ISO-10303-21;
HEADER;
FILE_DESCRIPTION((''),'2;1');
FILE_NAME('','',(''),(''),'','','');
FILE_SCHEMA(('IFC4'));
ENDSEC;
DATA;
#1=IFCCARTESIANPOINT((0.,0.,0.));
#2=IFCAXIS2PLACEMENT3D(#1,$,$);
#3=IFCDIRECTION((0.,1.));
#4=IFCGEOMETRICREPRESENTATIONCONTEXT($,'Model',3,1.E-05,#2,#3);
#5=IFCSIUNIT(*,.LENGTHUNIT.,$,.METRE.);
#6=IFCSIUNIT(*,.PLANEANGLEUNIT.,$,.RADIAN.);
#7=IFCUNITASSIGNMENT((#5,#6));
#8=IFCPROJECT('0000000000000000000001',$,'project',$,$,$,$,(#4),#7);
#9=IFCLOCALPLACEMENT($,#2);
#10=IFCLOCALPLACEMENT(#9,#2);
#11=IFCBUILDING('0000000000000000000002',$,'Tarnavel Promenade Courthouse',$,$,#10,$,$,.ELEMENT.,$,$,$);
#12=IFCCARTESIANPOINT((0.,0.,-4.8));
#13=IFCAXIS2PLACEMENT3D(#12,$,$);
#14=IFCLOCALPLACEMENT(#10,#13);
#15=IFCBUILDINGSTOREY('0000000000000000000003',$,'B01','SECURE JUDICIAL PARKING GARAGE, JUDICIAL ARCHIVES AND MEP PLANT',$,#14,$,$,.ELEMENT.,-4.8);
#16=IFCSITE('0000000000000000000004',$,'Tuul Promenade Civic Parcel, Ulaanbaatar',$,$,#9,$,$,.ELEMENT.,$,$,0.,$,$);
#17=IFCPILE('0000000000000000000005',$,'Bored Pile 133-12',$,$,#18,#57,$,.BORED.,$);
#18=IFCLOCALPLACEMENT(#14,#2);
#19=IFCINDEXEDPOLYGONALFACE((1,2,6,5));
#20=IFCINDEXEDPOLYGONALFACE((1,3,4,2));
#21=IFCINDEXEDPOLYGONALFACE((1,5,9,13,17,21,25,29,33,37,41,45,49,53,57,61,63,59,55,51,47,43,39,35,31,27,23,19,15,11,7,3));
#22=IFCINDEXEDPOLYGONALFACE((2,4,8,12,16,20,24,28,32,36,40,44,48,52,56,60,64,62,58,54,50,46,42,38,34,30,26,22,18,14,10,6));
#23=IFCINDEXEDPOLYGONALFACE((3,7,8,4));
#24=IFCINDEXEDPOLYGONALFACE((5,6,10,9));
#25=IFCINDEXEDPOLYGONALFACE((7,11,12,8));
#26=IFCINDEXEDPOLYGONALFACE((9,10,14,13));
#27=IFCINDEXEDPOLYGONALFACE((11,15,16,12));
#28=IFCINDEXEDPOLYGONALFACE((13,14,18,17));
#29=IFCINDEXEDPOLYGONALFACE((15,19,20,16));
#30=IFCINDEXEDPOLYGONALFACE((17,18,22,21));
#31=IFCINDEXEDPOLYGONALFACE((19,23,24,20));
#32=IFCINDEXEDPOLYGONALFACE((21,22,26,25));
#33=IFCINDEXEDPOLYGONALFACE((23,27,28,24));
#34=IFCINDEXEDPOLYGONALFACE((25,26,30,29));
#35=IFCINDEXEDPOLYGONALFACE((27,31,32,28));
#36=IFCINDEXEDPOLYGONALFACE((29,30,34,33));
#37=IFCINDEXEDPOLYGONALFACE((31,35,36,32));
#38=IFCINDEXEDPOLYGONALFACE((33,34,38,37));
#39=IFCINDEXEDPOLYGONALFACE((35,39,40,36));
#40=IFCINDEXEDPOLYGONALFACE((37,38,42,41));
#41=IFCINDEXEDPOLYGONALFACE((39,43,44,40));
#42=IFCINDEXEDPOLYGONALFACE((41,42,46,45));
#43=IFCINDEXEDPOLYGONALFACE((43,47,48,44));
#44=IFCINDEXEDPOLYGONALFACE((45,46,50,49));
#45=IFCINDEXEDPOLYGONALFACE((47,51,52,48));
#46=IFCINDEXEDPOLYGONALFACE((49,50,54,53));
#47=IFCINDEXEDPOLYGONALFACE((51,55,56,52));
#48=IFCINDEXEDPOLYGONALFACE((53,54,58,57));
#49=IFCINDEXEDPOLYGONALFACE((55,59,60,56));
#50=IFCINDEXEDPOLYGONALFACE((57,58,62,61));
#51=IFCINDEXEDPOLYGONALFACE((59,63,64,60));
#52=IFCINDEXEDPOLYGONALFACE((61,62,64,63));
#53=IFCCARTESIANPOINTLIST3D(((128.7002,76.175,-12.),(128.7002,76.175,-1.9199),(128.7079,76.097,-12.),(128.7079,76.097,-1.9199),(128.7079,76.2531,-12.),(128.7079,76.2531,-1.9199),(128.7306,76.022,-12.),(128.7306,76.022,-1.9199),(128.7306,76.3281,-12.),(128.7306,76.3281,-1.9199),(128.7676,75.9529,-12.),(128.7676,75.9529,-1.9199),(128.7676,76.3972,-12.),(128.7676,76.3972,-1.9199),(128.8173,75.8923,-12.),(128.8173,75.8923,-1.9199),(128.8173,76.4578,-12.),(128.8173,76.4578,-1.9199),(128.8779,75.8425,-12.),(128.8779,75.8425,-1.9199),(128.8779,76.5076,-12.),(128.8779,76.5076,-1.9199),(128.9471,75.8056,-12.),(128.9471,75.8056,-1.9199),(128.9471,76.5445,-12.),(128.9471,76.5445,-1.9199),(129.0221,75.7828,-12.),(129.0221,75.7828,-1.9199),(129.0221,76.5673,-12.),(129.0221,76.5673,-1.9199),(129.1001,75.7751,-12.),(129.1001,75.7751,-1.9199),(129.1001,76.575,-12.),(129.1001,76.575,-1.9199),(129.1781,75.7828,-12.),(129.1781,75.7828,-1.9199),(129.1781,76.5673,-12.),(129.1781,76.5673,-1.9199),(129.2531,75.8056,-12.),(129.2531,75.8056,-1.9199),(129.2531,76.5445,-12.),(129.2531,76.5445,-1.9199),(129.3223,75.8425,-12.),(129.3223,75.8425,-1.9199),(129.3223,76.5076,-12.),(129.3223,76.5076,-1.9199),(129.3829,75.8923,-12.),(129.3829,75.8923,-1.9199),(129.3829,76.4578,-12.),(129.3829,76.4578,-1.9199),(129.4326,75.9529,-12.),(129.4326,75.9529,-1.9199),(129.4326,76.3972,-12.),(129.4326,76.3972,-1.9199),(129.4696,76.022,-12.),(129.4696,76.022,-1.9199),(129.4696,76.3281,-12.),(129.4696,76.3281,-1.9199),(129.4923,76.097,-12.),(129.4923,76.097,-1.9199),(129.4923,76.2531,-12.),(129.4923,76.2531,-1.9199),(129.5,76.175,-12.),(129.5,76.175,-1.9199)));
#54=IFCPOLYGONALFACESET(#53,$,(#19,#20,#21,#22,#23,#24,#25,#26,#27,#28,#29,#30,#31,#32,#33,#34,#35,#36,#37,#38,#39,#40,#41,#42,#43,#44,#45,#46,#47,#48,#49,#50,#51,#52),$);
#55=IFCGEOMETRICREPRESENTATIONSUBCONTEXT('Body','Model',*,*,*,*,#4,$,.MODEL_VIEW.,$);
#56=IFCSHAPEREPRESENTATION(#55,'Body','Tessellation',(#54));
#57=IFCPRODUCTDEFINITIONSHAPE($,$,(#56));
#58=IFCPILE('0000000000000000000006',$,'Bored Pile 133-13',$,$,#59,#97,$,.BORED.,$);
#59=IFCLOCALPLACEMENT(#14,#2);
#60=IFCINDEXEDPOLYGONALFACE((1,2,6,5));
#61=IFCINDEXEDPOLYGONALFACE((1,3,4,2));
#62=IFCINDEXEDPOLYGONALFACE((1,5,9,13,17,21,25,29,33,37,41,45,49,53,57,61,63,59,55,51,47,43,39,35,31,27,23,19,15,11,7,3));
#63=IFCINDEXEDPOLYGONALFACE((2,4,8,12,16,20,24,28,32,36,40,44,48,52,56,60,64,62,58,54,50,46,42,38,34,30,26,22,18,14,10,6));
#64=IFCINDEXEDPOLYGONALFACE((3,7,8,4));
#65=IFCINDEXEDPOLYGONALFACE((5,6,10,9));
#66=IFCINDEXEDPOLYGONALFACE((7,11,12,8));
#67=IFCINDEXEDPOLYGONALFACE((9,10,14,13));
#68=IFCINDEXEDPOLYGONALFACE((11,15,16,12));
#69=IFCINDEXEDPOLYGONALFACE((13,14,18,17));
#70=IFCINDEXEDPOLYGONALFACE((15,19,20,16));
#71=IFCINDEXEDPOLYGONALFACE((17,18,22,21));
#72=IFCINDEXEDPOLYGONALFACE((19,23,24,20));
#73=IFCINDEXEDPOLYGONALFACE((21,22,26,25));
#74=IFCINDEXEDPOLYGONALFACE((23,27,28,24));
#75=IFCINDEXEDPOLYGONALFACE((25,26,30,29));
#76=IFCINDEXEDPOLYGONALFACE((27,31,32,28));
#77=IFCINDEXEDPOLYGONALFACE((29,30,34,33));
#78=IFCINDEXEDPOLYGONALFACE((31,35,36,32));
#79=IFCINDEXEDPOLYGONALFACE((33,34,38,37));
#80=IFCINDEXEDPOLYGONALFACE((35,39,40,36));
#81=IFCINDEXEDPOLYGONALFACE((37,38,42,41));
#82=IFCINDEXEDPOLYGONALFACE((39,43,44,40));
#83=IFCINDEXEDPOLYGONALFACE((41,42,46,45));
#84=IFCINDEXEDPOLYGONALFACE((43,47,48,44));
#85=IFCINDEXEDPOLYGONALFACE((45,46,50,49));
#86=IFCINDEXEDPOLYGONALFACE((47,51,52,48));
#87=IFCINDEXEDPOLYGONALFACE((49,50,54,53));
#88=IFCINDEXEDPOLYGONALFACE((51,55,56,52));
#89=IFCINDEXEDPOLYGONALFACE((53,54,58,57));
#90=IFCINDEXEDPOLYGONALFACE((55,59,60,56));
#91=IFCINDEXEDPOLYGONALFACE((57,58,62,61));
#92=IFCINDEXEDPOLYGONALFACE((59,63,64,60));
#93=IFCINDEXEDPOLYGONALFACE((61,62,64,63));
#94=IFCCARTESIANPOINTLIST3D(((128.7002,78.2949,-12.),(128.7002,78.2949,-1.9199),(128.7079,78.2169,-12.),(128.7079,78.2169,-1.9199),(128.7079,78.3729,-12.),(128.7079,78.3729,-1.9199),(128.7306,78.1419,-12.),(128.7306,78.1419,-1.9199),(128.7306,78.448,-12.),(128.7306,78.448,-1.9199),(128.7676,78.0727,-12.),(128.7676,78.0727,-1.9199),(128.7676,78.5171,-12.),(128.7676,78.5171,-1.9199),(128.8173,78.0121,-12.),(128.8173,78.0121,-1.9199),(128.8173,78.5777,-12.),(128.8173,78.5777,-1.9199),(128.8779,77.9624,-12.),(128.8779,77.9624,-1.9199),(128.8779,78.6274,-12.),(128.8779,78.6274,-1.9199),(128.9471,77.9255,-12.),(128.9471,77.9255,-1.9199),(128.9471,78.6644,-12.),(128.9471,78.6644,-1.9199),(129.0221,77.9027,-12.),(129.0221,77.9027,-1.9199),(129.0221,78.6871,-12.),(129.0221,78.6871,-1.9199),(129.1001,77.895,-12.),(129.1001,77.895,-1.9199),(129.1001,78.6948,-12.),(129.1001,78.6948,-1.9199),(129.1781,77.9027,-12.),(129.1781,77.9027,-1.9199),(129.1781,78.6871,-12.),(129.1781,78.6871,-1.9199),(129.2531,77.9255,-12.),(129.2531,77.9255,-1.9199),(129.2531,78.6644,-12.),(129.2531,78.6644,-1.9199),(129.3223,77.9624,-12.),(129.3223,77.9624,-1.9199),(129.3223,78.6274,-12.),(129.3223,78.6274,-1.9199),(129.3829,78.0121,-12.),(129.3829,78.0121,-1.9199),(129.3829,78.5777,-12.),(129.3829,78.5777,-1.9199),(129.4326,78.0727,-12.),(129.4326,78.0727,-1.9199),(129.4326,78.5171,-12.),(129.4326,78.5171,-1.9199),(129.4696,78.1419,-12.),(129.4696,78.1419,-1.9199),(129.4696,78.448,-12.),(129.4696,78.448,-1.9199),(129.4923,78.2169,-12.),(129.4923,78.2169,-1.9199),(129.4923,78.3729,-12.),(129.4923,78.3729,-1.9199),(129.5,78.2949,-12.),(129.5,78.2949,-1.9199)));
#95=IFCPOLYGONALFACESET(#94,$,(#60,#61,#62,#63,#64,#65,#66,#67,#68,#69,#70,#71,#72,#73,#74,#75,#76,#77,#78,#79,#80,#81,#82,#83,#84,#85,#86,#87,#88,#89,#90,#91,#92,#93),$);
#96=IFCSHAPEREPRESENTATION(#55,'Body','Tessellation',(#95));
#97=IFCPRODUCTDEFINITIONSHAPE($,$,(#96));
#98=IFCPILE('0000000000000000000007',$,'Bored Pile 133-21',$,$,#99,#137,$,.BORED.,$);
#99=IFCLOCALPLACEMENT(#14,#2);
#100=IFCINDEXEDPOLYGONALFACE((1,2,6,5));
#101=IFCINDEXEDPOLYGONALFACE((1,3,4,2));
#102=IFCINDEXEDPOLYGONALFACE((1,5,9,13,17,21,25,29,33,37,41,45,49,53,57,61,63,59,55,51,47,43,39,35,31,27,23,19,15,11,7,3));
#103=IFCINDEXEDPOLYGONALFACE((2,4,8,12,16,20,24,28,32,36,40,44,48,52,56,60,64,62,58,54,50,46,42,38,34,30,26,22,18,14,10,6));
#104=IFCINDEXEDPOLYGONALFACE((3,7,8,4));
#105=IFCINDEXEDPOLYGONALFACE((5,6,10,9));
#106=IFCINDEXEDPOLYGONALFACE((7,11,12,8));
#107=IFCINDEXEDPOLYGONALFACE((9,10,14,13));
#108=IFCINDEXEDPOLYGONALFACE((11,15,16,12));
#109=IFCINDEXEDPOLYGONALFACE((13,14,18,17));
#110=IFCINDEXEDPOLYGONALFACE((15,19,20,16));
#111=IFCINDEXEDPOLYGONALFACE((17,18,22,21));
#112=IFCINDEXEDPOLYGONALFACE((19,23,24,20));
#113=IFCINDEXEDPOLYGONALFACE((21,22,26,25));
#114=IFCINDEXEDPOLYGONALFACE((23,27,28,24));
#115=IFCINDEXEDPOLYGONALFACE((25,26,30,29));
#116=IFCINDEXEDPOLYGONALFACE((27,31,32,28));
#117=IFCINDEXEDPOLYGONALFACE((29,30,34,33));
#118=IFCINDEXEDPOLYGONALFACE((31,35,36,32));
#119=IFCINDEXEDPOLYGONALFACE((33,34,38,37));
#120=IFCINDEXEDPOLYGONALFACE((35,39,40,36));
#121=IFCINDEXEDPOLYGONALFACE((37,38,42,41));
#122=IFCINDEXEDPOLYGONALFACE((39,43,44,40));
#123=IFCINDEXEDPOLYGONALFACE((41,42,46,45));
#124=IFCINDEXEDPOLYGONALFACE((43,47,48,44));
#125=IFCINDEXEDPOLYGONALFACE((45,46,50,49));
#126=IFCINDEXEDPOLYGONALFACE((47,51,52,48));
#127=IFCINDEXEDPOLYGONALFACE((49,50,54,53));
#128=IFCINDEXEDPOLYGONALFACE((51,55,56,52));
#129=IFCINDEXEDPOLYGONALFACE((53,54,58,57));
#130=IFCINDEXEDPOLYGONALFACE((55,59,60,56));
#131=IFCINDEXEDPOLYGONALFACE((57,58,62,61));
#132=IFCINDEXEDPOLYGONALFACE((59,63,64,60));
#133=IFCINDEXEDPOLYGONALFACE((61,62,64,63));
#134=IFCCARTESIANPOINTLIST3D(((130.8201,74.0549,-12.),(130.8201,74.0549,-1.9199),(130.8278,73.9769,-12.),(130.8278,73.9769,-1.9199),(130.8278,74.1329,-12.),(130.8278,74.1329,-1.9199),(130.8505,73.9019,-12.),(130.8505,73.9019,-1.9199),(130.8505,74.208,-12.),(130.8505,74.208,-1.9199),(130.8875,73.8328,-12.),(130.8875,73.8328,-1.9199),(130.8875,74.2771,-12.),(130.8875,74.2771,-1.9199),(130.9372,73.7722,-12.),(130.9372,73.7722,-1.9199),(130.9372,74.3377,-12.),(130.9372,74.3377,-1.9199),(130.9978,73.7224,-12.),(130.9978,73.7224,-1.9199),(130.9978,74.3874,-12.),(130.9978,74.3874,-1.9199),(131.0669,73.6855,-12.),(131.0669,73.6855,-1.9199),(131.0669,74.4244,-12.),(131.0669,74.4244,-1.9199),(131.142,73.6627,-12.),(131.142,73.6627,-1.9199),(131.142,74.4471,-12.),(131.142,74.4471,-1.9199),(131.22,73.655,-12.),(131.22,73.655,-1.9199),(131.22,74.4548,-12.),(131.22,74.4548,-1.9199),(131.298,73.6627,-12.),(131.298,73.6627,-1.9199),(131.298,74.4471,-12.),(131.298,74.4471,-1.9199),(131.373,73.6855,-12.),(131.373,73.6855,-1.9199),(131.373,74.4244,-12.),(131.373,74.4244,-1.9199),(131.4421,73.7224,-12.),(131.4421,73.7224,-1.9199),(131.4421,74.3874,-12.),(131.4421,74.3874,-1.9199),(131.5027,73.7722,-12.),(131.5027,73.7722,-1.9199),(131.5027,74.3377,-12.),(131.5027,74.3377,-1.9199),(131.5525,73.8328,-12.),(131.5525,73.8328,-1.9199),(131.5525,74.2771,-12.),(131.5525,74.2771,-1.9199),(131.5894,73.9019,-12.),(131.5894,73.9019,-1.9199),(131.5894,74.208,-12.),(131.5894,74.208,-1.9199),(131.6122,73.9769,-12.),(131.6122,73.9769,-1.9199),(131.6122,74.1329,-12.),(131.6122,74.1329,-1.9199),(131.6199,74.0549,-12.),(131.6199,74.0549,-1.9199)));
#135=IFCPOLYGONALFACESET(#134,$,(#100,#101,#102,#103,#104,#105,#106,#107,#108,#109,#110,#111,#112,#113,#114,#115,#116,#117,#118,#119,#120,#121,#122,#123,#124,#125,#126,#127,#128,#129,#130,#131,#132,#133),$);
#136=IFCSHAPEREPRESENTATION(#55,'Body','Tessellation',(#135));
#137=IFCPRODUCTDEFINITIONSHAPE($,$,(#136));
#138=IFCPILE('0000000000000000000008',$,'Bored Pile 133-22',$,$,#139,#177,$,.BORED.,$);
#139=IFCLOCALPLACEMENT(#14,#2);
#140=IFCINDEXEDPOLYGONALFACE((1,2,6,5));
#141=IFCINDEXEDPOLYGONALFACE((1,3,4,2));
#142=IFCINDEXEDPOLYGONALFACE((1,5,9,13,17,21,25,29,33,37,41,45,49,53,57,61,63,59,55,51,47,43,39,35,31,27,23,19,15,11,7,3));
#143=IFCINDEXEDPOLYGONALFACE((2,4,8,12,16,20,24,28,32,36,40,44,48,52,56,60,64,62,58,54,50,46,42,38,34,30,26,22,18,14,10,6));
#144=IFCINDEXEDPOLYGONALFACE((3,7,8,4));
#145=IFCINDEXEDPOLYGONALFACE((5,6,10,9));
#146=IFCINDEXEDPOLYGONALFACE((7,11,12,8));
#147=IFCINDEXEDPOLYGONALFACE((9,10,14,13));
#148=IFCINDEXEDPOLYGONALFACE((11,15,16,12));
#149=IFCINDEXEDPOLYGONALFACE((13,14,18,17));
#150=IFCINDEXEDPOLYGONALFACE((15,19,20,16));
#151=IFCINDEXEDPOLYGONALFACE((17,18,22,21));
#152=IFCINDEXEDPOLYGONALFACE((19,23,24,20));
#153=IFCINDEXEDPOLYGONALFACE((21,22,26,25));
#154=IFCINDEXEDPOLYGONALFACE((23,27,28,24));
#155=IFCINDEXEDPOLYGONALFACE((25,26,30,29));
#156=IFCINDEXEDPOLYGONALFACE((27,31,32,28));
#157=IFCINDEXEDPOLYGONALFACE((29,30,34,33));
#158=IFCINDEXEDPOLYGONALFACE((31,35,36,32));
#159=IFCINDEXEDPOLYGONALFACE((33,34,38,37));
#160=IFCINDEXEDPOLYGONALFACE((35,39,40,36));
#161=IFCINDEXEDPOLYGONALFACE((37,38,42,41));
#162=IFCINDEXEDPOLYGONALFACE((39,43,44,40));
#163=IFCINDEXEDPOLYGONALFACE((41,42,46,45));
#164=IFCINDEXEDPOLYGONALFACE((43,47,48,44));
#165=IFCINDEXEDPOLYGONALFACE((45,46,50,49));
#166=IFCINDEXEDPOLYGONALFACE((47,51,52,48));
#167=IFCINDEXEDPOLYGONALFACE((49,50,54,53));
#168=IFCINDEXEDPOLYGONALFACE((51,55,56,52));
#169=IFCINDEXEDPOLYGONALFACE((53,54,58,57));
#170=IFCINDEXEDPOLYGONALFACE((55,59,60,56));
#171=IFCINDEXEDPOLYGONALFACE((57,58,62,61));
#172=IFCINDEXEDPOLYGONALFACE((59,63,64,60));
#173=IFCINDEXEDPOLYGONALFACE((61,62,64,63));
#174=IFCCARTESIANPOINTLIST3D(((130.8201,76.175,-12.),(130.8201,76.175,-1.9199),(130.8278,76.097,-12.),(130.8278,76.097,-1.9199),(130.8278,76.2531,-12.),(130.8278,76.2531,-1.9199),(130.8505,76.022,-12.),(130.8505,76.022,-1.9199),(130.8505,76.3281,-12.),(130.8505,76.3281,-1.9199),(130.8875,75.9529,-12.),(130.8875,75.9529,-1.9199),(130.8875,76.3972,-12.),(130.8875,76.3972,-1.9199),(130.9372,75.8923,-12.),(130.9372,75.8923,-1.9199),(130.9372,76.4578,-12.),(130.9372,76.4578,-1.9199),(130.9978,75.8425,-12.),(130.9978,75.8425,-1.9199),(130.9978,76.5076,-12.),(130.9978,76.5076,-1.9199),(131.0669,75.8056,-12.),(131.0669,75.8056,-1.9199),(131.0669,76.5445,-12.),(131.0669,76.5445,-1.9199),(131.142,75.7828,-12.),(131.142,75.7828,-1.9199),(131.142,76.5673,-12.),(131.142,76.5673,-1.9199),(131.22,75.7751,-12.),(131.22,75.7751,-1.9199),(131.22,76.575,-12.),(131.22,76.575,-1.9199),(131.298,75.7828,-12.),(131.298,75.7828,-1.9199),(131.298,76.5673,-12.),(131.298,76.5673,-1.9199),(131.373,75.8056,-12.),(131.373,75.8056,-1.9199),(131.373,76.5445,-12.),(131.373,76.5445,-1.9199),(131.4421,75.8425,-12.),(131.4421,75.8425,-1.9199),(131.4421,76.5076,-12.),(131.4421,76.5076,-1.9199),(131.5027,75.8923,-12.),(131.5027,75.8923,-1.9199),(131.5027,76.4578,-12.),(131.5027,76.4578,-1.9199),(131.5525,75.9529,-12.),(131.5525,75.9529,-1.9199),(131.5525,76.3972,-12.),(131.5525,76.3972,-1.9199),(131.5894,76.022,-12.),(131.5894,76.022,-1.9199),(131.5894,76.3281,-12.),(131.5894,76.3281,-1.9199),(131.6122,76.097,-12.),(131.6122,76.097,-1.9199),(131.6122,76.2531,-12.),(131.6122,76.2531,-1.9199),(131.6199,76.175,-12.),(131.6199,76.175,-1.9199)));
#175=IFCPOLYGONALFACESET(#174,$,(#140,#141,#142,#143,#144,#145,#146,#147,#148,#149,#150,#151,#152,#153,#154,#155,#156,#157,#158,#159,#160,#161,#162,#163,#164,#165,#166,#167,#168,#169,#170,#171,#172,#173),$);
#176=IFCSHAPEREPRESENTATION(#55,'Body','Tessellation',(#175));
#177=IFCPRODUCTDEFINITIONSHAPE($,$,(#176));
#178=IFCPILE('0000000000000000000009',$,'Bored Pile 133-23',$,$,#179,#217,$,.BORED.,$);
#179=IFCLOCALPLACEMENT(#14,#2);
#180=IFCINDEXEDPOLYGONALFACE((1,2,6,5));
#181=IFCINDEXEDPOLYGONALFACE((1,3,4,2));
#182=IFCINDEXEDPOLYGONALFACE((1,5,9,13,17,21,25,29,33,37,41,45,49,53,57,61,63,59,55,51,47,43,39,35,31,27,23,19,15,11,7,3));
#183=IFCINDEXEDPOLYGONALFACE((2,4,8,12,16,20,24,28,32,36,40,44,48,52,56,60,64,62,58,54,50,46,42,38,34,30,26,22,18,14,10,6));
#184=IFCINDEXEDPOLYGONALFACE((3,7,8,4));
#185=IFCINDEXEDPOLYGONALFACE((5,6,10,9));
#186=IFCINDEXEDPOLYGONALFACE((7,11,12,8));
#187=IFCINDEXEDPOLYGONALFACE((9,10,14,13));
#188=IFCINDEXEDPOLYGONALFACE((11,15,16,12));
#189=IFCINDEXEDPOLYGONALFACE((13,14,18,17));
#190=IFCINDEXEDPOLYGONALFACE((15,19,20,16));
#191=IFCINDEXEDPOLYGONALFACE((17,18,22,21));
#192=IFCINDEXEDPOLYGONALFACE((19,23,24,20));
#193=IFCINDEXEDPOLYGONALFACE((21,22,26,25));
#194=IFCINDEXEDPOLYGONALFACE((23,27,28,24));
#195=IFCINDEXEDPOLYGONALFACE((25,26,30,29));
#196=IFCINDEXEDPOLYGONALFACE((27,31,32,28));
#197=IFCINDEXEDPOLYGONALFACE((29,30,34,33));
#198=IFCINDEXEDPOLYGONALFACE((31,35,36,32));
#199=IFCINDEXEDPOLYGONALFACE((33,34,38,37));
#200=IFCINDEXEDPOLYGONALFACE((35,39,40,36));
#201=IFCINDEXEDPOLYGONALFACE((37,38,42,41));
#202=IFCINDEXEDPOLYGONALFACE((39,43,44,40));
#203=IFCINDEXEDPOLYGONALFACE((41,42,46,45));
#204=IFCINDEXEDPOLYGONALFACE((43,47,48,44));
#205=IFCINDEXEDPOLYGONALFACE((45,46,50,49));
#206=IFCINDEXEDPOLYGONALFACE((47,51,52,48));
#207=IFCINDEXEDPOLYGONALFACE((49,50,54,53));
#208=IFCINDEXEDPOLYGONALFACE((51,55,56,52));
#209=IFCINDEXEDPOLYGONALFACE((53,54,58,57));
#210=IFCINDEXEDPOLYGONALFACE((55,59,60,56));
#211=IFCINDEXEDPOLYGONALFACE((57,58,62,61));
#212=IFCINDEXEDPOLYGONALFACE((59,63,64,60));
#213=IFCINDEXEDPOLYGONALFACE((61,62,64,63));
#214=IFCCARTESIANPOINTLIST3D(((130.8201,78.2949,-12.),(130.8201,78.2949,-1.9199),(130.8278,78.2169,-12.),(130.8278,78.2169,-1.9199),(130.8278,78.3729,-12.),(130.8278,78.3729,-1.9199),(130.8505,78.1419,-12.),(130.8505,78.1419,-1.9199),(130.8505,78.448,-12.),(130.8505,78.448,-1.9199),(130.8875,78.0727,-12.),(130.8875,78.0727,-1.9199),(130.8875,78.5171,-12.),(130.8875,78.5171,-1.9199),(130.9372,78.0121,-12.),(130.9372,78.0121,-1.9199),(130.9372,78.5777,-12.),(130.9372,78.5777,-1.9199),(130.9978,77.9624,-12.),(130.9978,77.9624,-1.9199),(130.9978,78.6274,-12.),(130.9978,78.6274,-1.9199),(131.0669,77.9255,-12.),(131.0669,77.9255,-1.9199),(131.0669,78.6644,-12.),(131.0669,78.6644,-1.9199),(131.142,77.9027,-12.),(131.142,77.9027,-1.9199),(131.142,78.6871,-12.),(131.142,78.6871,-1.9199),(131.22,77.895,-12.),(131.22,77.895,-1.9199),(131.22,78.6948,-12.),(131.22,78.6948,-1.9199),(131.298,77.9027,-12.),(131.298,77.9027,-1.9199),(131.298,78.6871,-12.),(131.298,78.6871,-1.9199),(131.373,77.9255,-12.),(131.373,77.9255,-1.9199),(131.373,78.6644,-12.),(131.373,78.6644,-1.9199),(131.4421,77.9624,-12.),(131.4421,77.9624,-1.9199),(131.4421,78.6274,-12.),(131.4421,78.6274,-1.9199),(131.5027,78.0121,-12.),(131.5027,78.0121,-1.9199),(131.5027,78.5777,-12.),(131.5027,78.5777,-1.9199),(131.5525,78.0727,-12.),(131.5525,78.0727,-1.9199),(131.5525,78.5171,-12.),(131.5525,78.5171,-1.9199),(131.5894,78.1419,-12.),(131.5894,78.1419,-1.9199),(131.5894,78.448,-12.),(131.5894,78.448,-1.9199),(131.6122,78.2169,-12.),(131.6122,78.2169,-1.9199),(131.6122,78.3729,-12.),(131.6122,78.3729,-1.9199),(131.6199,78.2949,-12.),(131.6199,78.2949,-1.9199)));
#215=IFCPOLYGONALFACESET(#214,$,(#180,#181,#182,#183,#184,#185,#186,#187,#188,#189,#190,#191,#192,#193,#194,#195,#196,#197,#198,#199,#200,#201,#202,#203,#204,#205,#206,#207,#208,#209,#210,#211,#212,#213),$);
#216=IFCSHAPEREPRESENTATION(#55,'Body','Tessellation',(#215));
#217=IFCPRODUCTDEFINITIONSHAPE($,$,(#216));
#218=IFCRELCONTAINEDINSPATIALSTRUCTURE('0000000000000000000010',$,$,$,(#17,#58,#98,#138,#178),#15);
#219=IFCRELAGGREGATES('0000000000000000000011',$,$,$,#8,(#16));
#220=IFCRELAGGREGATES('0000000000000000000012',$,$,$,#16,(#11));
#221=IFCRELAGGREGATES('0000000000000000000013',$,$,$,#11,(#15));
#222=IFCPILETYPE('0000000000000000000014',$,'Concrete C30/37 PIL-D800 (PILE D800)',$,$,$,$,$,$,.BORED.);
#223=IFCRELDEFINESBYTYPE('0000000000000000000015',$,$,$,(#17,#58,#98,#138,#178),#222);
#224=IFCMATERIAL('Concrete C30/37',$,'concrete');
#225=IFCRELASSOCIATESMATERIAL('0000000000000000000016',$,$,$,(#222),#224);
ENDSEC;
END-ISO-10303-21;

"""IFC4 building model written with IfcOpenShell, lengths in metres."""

from ifc_helpers import new_model, si_unit, direction, frame, origin, origin_2d, place, context, subcontext, project, spatial, circle, extrude, material, material_profile, profile_set, type_object, element, save


model = new_model("IFC4")

# Units and contexts
model_context = context("Model", 3, precision=1e-05, world=origin(), true_north=direction((0.0, 1.0)))
body_context = subcontext(model_context, "Body", "Model", "MODEL_VIEW")
ifc_project = project(units=[si_unit("LENGTHUNIT", "METRE"), si_unit("PLANEANGLEUNIT", "RADIAN")], contexts=[model_context])

# Site, building, storey
site_placement = place(None, origin())
site = spatial("IfcSite", under=ifc_project, at=site_placement, Name="Tuul Promenade Civic Parcel, Ulaanbaatar", CompositionType="ELEMENT", RefElevation=0.0)
building_placement = place(site_placement, origin())
building = spatial("IfcBuilding", under=site, at=building_placement, Name="Tarnavel Promenade Courthouse", CompositionType="ELEMENT")
storey_placement = place(building_placement, frame((0.0, 0.0, -4.8)))
storey = spatial("IfcBuildingStorey", under=building, at=storey_placement, Name="B01", Description="SECURE JUDICIAL PARKING GARAGE, JUDICIAL ARCHIVES AND MEP PLANT", CompositionType="ELEMENT", Elevation=-4.8)

# Piles
ifc_material_1 = material(Name="Concrete C30/37", Category="concrete")
ifc_material_profile_1 = material_profile(ifc_material_1, circle(Radius=0.3999, at=origin_2d()), Name="PILE D800")
ifc_profile_set_1 = profile_set([ifc_material_profile_1], Name="Concrete C30/37")
pile_type = type_object("IfcPileType", Name="Concrete C30/37 PIL-D800 (PILE D800)", PredefinedType="BORED", material=ifc_profile_set_1)
for number, where, z_axis, x_axis, name in (
    (1, (129.1001, 76.175, -1.9199), (0.0, 0.0, -1.0), (1.0, 0.0, 0.0), "Bored Pile 133-12"),
    (2, (129.1001, 78.2949, -1.9199), (0.0, 0.0, -1.0), (1.0, 0.0, 0.0), "Bored Pile 133-13"),
    (3, (131.22, 74.0549, -1.9199), (0.0, 0.0, -1.0), (1.0, 0.0, 0.0), "Bored Pile 133-21"),
    (4, (131.22, 76.175, -1.9199), (0.0, 0.0, -1.0), (1.0, 0.0, 0.0), "Bored Pile 133-22"),
    (5, (131.22, 78.2949, -1.9199), (0.0, 0.0, -1.0), (1.0, 0.0, 0.0), "Bored Pile 133-23"),
):
    element("IfcPile", number, at=place(storey_placement, frame(where, z_axis=z_axis, x_axis=x_axis)), inside=storey, type_object=pile_type, Name=name, PredefinedType="BORED", context=body_context, shape_type="SweptSolid", body=[
        extrude(circle(Radius=0.3999, at=origin_2d()), origin(), (0.0, 0.0, 1.0), 10.0801),
    ])

save(model, "model.ifc")
